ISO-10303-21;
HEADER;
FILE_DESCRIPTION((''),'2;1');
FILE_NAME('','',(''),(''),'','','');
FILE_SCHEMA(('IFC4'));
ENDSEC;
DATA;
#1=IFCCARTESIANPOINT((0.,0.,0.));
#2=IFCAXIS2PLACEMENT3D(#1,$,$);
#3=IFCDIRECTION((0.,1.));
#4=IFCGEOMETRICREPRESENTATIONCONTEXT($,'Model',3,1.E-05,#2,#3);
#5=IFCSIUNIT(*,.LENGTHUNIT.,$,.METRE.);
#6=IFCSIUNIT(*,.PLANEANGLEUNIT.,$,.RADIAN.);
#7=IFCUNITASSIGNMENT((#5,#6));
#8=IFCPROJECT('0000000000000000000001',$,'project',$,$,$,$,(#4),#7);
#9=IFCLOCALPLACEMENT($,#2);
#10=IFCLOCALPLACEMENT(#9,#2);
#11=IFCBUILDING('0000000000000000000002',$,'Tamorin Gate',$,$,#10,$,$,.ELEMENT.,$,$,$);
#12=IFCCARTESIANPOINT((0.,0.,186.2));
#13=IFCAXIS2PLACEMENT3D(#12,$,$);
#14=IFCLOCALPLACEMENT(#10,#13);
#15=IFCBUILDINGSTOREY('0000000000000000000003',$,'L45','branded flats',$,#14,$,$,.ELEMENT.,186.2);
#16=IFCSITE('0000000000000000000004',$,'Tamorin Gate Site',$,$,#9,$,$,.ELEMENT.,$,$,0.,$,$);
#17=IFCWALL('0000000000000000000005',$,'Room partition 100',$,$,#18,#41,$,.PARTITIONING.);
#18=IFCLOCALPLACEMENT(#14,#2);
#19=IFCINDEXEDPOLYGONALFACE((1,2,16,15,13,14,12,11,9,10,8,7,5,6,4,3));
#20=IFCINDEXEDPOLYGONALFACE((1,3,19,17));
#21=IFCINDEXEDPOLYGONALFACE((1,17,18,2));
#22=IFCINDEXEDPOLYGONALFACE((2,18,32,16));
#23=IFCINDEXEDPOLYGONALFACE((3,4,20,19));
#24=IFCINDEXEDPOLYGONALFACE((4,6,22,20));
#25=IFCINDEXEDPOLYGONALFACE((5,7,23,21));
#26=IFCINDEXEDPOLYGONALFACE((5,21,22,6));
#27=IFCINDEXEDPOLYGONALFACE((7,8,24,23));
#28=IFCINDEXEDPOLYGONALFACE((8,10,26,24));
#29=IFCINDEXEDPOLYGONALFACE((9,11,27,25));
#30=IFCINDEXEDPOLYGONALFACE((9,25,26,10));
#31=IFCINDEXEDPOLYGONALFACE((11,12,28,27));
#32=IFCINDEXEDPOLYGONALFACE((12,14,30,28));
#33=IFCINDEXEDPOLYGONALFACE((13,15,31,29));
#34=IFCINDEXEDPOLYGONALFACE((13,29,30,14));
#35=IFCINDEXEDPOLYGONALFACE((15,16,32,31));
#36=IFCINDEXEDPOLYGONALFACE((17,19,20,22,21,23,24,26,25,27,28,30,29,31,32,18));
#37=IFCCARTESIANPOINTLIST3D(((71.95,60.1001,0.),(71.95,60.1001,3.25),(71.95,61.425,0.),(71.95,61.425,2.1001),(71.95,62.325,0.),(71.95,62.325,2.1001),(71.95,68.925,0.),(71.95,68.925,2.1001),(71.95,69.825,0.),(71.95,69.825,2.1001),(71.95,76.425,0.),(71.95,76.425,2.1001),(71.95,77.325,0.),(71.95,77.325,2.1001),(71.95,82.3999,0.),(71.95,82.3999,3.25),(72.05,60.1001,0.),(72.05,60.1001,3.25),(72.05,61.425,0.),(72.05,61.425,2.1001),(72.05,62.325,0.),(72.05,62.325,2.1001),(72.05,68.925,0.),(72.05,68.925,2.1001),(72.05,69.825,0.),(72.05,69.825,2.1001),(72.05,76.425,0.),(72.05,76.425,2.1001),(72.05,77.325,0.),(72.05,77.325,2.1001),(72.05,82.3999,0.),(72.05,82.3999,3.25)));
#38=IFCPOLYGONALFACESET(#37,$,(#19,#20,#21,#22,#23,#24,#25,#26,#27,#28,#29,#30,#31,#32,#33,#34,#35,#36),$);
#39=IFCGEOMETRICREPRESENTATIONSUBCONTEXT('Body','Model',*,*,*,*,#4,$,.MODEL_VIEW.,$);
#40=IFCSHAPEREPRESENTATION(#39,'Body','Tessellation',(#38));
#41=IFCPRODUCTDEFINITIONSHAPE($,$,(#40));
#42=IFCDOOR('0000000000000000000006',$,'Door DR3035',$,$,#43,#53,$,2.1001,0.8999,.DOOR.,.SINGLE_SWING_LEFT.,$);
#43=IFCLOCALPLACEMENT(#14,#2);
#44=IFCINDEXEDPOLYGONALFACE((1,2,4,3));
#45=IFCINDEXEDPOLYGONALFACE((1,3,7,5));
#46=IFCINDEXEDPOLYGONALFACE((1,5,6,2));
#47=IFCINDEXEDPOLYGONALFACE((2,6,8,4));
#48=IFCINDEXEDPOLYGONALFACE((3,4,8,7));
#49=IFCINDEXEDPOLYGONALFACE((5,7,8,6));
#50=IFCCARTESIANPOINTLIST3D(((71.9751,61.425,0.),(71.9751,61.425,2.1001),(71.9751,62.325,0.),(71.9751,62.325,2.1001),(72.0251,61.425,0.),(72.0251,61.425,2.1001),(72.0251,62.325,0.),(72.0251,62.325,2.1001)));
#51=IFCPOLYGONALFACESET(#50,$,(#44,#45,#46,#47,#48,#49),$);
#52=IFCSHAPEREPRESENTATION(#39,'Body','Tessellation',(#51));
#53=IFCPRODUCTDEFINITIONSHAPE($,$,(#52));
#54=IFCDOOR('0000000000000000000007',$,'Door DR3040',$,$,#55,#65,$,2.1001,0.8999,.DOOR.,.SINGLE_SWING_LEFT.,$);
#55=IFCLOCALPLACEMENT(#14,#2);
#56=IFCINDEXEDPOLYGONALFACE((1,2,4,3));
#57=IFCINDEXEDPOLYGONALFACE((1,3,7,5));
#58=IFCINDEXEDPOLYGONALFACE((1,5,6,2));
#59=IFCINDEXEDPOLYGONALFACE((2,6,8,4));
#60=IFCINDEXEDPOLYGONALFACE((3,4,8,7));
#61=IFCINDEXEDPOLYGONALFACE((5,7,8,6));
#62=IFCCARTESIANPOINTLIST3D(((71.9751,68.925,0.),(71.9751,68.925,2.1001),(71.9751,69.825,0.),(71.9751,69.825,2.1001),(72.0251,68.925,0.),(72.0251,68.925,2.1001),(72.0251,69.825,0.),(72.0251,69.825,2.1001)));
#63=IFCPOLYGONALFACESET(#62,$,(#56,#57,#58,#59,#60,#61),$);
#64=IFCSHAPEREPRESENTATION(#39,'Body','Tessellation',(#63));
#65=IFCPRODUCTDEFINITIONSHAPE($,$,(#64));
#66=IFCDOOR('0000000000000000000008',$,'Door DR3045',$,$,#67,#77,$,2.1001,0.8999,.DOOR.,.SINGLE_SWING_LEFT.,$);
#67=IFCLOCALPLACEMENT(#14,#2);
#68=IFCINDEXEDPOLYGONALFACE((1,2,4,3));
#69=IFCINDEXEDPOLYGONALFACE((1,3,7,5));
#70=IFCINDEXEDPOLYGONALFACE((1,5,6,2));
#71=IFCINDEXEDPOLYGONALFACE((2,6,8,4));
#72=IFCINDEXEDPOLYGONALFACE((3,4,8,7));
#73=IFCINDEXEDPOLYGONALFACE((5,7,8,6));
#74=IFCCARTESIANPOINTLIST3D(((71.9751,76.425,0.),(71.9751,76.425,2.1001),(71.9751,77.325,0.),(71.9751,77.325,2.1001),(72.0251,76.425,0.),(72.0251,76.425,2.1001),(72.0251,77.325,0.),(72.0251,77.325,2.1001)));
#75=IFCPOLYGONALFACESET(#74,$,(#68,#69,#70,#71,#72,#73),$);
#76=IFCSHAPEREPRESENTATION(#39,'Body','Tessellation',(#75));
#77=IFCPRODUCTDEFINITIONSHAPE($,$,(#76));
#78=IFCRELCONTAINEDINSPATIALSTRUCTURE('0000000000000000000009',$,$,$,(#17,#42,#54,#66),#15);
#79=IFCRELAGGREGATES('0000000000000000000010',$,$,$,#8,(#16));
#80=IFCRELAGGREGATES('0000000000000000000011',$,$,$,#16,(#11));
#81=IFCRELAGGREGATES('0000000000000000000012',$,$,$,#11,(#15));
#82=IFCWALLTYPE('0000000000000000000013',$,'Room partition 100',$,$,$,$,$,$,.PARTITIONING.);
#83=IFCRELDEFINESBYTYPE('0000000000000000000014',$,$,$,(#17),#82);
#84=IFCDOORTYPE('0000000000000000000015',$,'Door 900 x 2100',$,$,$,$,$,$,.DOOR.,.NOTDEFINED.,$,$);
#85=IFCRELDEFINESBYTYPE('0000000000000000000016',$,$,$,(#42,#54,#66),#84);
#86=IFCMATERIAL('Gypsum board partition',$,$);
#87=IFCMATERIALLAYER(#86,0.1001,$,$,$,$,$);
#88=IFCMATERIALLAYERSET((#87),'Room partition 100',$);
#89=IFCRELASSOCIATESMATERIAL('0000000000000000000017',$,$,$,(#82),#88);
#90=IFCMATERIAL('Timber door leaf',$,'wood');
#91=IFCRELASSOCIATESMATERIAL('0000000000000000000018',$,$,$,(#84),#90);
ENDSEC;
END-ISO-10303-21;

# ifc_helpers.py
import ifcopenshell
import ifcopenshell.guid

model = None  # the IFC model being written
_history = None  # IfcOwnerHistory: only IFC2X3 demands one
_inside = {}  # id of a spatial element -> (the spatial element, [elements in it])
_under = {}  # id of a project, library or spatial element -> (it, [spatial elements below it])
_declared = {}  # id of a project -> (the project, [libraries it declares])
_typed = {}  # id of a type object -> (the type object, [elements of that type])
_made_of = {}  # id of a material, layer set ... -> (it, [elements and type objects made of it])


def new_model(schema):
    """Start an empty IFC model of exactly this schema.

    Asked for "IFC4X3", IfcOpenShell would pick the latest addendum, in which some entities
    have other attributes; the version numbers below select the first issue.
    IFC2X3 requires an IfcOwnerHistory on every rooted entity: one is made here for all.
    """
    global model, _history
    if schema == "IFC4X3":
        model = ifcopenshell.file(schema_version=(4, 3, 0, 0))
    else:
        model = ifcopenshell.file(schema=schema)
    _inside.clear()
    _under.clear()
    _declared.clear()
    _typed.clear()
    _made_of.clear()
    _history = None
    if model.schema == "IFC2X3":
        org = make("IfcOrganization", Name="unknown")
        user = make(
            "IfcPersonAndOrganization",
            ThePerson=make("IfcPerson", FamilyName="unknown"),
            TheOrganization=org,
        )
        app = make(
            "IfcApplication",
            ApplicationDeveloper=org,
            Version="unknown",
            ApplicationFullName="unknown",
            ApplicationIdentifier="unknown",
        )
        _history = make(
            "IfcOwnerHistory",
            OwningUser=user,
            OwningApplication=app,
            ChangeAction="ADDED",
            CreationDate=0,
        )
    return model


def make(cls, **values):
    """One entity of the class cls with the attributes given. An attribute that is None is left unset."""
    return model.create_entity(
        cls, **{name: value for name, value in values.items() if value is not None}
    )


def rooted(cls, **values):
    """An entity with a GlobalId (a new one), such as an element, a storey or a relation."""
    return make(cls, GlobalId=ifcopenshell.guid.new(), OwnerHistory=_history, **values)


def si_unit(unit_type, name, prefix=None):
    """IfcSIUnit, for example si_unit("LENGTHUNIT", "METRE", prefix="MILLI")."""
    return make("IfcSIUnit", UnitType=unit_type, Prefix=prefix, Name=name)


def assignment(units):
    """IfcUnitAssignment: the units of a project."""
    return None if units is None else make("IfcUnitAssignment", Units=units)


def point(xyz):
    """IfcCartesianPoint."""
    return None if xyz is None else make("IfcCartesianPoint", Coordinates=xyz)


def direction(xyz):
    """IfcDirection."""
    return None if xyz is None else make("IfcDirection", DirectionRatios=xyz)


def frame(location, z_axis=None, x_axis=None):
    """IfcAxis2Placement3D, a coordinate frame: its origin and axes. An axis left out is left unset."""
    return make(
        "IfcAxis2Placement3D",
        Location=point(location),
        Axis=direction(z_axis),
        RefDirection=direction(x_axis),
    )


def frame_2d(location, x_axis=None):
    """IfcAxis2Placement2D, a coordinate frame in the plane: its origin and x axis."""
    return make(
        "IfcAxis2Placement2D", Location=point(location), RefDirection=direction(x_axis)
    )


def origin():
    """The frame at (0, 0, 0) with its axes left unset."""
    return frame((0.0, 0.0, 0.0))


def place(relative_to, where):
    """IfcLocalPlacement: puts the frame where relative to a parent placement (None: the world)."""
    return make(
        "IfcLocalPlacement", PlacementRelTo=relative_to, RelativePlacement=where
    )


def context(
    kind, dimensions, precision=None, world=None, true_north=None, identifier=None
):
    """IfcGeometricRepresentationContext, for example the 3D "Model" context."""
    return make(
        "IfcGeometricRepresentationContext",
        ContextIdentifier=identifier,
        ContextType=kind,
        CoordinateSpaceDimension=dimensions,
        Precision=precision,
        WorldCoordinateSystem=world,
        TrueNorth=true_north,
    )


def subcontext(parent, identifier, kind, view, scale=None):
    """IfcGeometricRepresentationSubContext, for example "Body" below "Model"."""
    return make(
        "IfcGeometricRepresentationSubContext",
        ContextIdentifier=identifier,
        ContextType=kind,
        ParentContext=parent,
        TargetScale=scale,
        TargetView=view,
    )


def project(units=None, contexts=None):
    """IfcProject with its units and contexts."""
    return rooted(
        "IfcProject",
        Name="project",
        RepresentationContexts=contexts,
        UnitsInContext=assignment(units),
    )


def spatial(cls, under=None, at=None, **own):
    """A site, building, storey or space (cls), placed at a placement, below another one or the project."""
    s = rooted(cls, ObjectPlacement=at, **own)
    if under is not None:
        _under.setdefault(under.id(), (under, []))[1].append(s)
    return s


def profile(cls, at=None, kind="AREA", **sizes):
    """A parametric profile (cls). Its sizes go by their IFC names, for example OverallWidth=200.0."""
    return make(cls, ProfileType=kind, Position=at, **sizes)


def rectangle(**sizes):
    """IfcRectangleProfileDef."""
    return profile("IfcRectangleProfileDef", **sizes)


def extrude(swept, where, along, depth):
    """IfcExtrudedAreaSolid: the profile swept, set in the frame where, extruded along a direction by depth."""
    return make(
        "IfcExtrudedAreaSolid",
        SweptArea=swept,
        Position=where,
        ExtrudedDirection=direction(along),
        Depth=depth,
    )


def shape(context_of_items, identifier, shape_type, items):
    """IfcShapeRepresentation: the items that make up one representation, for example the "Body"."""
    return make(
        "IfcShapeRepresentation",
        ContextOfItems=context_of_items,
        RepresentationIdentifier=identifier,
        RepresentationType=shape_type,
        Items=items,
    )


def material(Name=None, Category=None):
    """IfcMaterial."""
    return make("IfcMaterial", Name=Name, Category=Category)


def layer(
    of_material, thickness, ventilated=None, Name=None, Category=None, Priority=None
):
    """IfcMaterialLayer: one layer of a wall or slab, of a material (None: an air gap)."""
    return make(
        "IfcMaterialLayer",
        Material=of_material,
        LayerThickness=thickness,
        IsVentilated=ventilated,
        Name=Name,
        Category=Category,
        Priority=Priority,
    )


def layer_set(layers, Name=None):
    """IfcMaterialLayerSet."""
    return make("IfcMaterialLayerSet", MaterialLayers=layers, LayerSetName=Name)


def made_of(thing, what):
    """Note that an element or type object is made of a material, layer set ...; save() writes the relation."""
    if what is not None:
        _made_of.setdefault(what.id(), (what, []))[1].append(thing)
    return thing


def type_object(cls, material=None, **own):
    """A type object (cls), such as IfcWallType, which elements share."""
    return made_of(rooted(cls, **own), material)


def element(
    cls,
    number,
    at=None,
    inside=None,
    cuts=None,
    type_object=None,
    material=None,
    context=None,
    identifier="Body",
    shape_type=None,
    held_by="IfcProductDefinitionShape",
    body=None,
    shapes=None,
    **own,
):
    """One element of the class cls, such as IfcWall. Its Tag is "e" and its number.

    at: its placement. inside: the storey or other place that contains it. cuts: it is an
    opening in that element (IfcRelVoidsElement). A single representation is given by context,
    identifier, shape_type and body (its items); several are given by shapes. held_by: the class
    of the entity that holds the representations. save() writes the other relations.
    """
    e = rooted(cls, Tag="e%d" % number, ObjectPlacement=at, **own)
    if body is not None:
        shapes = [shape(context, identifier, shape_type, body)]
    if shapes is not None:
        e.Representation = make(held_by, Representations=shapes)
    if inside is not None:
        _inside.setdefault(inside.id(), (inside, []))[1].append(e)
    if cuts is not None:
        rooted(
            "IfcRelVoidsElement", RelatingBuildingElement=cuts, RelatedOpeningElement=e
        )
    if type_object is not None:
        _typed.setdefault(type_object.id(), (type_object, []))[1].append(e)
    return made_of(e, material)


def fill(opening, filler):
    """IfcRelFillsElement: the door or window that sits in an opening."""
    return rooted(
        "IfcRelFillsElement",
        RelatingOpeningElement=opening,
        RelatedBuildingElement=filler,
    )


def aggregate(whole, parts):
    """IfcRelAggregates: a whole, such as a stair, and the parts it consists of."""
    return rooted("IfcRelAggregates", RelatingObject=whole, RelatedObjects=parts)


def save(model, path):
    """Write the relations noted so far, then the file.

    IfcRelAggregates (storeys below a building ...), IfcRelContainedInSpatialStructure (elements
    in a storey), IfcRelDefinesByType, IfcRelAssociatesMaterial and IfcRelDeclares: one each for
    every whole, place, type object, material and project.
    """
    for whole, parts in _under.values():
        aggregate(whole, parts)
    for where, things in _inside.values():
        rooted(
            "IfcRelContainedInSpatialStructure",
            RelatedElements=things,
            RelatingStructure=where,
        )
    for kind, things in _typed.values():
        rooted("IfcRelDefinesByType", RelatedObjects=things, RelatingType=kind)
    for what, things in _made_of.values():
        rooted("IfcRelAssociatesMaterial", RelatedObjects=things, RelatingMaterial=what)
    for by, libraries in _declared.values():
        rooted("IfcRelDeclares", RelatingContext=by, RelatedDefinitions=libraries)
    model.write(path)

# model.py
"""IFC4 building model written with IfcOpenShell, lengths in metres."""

from ifc_helpers import new_model, si_unit, direction, frame, frame_2d, origin, place, context, subcontext, project, spatial, rectangle, extrude, material, layer, layer_set, type_object, element, fill, save


model = new_model("IFC4")

# Units and contexts
model_context = context("Model", 3, precision=1e-05, world=origin(), true_north=direction((0.0, 1.0)))
body_context = subcontext(model_context, "Body", "Model", "MODEL_VIEW")
ifc_project = project(units=[si_unit("LENGTHUNIT", "METRE"), si_unit("PLANEANGLEUNIT", "RADIAN")], contexts=[model_context])

# Site, building, storey
site_placement = place(None, origin())
site = spatial("IfcSite", under=ifc_project, at=site_placement, Name="Tamorin Gate Site", CompositionType="ELEMENT", RefElevation=0.0)
building_placement = place(site_placement, origin())
building = spatial("IfcBuilding", under=site, at=building_placement, Name="Tamorin Gate", CompositionType="ELEMENT")
storey_placement = place(building_placement, frame((0.0, 0.0, 186.2)))
storey = spatial("IfcBuildingStorey", under=building, at=storey_placement, Name="L45", Description="branded flats", CompositionType="ELEMENT", Elevation=186.2)

# Wall, openings, doors
ifc_material_1 = material(Name="Gypsum board partition")
ifc_layer_1 = layer(ifc_material_1, 0.1001)
ifc_layer_set_1 = layer_set([ifc_layer_1], Name="Room partition 100")
wall_type_1 = type_object("IfcWallType", Name="Room partition 100", PredefinedType="PARTITIONING", material=ifc_layer_set_1)
wall_1_placement = place(storey_placement, frame((72.0, 60.1001, 0.0), z_axis=(0.0, 0.0, 1.0), x_axis=(0.0, 1.0, 0.0)))
wall_1 = element("IfcWall", 1, at=wall_1_placement, inside=storey, type_object=wall_type_1, Name="Room partition 100", PredefinedType="PARTITIONING", context=body_context, shape_type="SweptSolid", body=[
    extrude(rectangle(XDim=22.2998, YDim=0.1001, at=frame_2d((11.1499, 0.0))), origin(), (0.0, 0.0, 1.0), 3.25),
])
opening_1_placement = place(wall_1_placement, frame((1.325, 0.0, 0.0)))
opening_1 = element("IfcOpeningElement", 2, at=opening_1_placement, cuts=wall_1, PredefinedType="OPENING", context=body_context, shape_type="SweptSolid", body=[
    extrude(rectangle(XDim=0.8999, YDim=2.1001, at=frame_2d((0.45, 1.05))), frame((0.0, 0.0601, 0.0), z_axis=(0.0, -1.0, 0.0), x_axis=(1.0, 0.0, 0.0)), (0.0, 0.0, 1.0), 0.1201),
])
opening_2_placement = place(wall_1_placement, frame((8.825, 0.0, 0.0)))
opening_2 = element("IfcOpeningElement", 3, at=opening_2_placement, cuts=wall_1, PredefinedType="OPENING", context=body_context, shape_type="SweptSolid", body=[
    extrude(rectangle(XDim=0.8999, YDim=2.1001, at=frame_2d((0.45, 1.05))), frame((0.0, 0.0601, 0.0), z_axis=(0.0, -1.0, 0.0), x_axis=(1.0, 0.0, 0.0)), (0.0, 0.0, 1.0), 0.1201),
])
opening_3_placement = place(wall_1_placement, frame((16.325, 0.0, 0.0)))
opening_3 = element("IfcOpeningElement", 4, at=opening_3_placement, cuts=wall_1, PredefinedType="OPENING", context=body_context, shape_type="SweptSolid", body=[
    extrude(rectangle(XDim=0.8999, YDim=2.1001, at=frame_2d((0.45, 1.05))), frame((0.0, 0.0601, 0.0), z_axis=(0.0, -1.0, 0.0), x_axis=(1.0, 0.0, 0.0)), (0.0, 0.0, 1.0), 0.1201),
])
ifc_material_2 = material(Name="Timber door leaf", Category="wood")
door_type = type_object("IfcDoorType", Name="Door 900 x 2100", OperationType="NOTDEFINED", PredefinedType="DOOR", material=ifc_material_2)
door_1_placement = place(opening_1_placement, origin())
door_1 = element("IfcDoor", 5, at=door_1_placement, inside=storey, type_object=door_type, Name="Door DR3035", OperationType="SINGLE_SWING_LEFT", OverallHeight=2.1001, OverallWidth=0.8999, PredefinedType="DOOR", context=body_context, shape_type="SweptSolid", body=[
    extrude(rectangle(XDim=0.8999, YDim=2.1001, at=frame_2d((0.45, 1.05))), frame((0.0, 0.0249, 0.0), z_axis=(0.0, -1.0, 0.0), x_axis=(1.0, 0.0, 0.0)), (0.0, 0.0, 1.0), 0.05),
])
fill(opening_1, door_1)
door_2_placement = place(opening_2_placement, origin())
door_2 = element("IfcDoor", 6, at=door_2_placement, inside=storey, type_object=door_type, Name="Door DR3040", OperationType="SINGLE_SWING_LEFT", OverallHeight=2.1001, OverallWidth=0.8999, PredefinedType="DOOR", context=body_context, shape_type="SweptSolid", body=[
    extrude(rectangle(XDim=0.8999, YDim=2.1001, at=frame_2d((0.45, 1.05))), frame((0.0, 0.0249, 0.0), z_axis=(0.0, -1.0, 0.0), x_axis=(1.0, 0.0, 0.0)), (0.0, 0.0, 1.0), 0.05),
])
fill(opening_2, door_2)
door_3_placement = place(opening_3_placement, origin())
door_3 = element("IfcDoor", 7, at=door_3_placement, inside=storey, type_object=door_type, Name="Door DR3045", OperationType="SINGLE_SWING_LEFT", OverallHeight=2.1001, OverallWidth=0.8999, PredefinedType="DOOR", context=body_context, shape_type="SweptSolid", body=[
    extrude(rectangle(XDim=0.8999, YDim=2.1001, at=frame_2d((0.45, 1.05))), frame((0.0, 0.0249, 0.0), z_axis=(0.0, -1.0, 0.0), x_axis=(1.0, 0.0, 0.0)), (0.0, 0.0, 1.0), 0.05),
])
fill(opening_3, door_3)

save(model, "model.ifc")
